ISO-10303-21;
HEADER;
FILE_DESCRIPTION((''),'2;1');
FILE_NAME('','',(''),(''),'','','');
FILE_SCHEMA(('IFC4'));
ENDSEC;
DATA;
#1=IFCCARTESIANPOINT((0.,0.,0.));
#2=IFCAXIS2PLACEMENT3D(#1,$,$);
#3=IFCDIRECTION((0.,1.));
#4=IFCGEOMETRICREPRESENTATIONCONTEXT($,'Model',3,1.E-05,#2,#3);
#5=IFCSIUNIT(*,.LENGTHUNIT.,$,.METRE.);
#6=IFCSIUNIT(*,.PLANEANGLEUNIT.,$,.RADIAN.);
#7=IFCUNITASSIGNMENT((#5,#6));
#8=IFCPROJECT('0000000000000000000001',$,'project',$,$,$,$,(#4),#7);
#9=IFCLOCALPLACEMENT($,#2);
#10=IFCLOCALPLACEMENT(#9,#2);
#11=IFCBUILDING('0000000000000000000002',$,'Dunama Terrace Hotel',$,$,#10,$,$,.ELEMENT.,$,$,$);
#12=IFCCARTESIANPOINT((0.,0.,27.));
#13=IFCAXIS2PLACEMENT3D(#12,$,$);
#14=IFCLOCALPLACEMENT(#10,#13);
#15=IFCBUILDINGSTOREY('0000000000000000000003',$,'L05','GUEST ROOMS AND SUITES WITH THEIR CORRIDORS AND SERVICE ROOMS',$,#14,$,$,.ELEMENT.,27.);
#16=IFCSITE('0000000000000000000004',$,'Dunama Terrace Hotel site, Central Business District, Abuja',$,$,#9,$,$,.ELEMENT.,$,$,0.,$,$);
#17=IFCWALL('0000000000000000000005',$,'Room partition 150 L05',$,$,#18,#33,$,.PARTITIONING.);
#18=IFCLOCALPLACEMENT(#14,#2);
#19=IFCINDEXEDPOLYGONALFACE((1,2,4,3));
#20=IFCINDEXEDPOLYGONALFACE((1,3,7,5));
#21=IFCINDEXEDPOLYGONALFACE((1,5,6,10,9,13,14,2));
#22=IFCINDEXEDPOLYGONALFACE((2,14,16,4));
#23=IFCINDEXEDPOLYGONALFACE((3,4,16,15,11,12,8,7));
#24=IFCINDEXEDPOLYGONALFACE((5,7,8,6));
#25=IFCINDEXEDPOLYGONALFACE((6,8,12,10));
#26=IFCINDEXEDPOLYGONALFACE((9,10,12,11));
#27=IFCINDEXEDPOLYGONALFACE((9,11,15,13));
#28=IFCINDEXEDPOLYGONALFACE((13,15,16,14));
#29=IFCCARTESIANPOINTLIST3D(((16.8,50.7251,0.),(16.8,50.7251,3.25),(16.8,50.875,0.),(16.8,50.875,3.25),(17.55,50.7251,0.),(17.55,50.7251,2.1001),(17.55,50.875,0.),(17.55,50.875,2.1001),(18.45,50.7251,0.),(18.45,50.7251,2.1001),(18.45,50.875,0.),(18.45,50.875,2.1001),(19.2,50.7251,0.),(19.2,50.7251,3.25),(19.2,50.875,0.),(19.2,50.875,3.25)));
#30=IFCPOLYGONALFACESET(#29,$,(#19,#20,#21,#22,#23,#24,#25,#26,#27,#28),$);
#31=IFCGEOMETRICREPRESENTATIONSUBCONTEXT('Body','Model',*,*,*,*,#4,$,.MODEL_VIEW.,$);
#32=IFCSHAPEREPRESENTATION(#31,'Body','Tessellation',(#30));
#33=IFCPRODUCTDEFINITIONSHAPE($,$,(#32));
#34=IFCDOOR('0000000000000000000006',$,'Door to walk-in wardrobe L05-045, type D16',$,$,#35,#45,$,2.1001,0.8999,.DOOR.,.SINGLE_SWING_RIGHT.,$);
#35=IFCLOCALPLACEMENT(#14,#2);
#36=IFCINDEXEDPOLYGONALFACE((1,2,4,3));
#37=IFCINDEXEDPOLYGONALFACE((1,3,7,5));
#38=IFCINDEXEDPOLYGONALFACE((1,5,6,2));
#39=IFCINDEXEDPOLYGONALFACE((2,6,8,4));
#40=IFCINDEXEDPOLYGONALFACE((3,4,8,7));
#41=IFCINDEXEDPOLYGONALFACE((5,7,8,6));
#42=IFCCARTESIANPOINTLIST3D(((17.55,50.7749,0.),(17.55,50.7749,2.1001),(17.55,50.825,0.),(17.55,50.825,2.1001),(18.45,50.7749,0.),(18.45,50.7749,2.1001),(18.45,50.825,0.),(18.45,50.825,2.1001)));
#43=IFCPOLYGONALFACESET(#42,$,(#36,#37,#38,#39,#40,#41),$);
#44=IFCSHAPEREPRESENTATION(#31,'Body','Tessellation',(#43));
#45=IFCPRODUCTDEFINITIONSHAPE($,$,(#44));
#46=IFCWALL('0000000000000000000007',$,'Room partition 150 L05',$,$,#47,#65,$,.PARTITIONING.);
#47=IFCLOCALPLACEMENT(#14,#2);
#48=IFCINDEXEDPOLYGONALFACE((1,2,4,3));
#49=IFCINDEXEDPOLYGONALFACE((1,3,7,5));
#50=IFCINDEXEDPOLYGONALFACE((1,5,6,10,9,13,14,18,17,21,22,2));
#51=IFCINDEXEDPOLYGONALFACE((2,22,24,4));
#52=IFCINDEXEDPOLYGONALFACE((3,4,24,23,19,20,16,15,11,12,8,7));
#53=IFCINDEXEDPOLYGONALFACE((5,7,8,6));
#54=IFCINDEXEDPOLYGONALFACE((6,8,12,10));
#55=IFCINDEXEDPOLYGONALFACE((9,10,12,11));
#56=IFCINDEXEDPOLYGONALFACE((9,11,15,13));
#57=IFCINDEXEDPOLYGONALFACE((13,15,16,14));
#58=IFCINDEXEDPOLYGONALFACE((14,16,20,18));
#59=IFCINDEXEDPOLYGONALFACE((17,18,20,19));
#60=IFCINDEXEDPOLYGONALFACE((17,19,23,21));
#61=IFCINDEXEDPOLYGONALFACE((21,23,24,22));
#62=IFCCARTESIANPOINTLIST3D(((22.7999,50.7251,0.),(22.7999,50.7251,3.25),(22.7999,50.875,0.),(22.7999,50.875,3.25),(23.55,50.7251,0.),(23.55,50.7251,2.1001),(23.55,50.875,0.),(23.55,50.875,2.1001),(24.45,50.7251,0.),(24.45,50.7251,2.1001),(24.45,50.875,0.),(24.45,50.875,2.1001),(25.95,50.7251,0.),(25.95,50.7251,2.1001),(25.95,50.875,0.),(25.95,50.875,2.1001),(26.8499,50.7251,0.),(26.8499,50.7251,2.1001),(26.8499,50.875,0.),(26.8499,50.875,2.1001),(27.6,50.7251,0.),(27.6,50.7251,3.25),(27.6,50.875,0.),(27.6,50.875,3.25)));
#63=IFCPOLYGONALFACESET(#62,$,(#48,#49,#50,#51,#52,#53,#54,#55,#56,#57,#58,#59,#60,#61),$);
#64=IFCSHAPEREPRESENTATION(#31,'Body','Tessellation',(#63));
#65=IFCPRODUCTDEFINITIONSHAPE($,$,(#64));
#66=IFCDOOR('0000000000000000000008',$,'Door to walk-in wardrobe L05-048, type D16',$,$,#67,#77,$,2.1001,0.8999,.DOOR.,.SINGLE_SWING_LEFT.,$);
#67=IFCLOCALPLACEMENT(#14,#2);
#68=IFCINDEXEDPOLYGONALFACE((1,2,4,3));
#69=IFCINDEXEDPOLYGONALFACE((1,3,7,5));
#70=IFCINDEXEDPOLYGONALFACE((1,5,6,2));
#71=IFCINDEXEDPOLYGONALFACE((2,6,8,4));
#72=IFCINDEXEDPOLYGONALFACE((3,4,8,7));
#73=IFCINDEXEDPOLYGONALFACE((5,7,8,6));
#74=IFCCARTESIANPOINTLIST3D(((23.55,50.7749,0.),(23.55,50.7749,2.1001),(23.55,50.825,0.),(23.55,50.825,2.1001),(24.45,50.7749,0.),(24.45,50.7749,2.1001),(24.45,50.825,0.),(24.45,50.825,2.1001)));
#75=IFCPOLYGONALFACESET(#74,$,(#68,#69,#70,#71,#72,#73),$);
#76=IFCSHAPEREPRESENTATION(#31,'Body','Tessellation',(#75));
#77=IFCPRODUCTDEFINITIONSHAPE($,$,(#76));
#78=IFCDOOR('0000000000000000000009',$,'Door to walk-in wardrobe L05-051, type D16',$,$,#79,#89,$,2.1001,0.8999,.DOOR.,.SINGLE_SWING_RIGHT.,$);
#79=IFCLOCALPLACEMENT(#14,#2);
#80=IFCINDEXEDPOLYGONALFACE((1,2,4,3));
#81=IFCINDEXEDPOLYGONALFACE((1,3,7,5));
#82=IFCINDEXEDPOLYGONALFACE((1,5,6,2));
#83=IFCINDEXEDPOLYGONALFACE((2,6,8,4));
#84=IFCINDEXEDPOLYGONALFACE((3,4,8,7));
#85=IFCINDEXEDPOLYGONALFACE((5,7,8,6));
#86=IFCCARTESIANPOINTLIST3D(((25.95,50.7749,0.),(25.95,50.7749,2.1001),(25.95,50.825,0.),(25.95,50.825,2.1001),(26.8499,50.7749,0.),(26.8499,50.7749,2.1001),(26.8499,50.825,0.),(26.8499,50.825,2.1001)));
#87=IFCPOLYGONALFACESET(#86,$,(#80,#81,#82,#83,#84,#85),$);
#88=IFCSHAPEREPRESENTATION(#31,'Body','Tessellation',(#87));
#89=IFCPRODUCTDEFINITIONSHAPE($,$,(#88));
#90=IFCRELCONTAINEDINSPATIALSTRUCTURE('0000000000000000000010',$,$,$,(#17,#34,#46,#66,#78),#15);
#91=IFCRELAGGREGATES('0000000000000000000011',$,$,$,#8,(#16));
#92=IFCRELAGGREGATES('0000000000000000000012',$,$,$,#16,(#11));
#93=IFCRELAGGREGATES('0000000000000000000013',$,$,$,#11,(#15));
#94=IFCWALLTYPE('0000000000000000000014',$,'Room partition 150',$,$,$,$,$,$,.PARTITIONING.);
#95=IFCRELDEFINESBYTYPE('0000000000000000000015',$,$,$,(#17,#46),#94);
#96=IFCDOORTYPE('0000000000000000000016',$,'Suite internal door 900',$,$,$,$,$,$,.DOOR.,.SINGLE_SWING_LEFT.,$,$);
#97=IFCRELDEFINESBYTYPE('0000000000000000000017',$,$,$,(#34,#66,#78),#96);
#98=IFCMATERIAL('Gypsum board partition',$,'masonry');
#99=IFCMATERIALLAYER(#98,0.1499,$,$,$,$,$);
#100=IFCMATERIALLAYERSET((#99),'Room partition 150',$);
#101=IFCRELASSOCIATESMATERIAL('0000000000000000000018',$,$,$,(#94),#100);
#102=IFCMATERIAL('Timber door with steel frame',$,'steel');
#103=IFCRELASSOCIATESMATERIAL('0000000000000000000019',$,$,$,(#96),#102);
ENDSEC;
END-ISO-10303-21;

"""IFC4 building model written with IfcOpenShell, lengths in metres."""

from ifc_helpers import new_model, si_unit, direction, frame, frame_2d, origin, place, context, subcontext, project, spatial, rectangle, extrude, material, layer, layer_set, type_object, element, fill, save


model = new_model("IFC4")

# Units and contexts
model_context = context("Model", 3, precision=1e-05, world=origin(), true_north=direction((0.0, 1.0)))
body_context = subcontext(model_context, "Body", "Model", "MODEL_VIEW")
ifc_project = project(units=[si_unit("LENGTHUNIT", "METRE"), si_unit("PLANEANGLEUNIT", "RADIAN")], contexts=[model_context])

# Site, building, storey
site_placement = place(None, origin())
site = spatial("IfcSite", under=ifc_project, at=site_placement, Name="Dunama Terrace Hotel site, Central Business District, Abuja", CompositionType="ELEMENT", RefElevation=0.0)
building_placement = place(site_placement, origin())
building = spatial("IfcBuilding", under=site, at=building_placement, Name="Dunama Terrace Hotel", CompositionType="ELEMENT")
storey_placement = place(building_placement, frame((0.0, 0.0, 27.0)))
storey = spatial("IfcBuildingStorey", under=building, at=storey_placement, Name="L05", Description="GUEST ROOMS AND SUITES WITH THEIR CORRIDORS AND SERVICE ROOMS", CompositionType="ELEMENT", Elevation=27.0)

# Shared definitions
ifc_material_1 = material(Name="Gypsum board partition", Category="masonry")
ifc_layer_1 = layer(ifc_material_1, 0.1499)
ifc_layer_set_1 = layer_set([ifc_layer_1], Name="Room partition 150")
wall_type_1 = type_object("IfcWallType", Name="Room partition 150", PredefinedType="PARTITIONING", material=ifc_layer_set_1)

# Wall, opening, door
wall_1_placement = place(storey_placement, frame((16.8, 50.8, 0.0), z_axis=(0.0, 0.0, 1.0), x_axis=(1.0, 0.0, 0.0)))
wall_1 = element("IfcWall", 1, at=wall_1_placement, inside=storey, type_object=wall_type_1, Name="Room partition 150 L05", PredefinedType="PARTITIONING", context=body_context, shape_type="SweptSolid", body=[
    extrude(rectangle(XDim=2.3999, YDim=0.1499, at=frame_2d((1.2, 0.0))), origin(), (0.0, 0.0, 1.0), 3.25),
])
opening_1_placement = place(wall_1_placement, frame((0.75, 0.0, 0.0)))
opening_1 = element("IfcOpeningElement", 2, at=opening_1_placement, cuts=wall_1, PredefinedType="OPENING", context=body_context, shape_type="SweptSolid", body=[
    extrude(rectangle(XDim=0.8999, YDim=2.1001, at=frame_2d((0.45, 1.05))), frame((0.0, 0.085, 0.0), z_axis=(0.0, -1.0, 0.0), x_axis=(1.0, 0.0, 0.0)), (0.0, 0.0, 1.0), 0.1699),
])
ifc_material_2 = material(Name="Timber door with steel frame", Category="steel")
door_type_1 = type_object("IfcDoorType", Name="Suite internal door 900", OperationType="SINGLE_SWING_LEFT", PredefinedType="DOOR", material=ifc_material_2)
door_1_placement = place(opening_1_placement, frame((0.8999, 0.0, 0.0), z_axis=(0.0, 0.0, 1.0), x_axis=(-1.0, 0.0, 0.0)))
door_1 = element("IfcDoor", 3, at=door_1_placement, inside=storey, type_object=door_type_1, Name="Door to walk-in wardrobe L05-045, type D16", OperationType="SINGLE_SWING_RIGHT", OverallHeight=2.1001, OverallWidth=0.8999, PredefinedType="DOOR", context=body_context, shape_type="SweptSolid", body=[
    extrude(rectangle(XDim=0.8999, YDim=2.1001, at=frame_2d((0.45, 1.05))), frame((0.0, 0.0251, 0.0), z_axis=(0.0, -1.0, 0.0), x_axis=(1.0, 0.0, 0.0)), (0.0, 0.0, 1.0), 0.05),
])
fill(opening_1, door_1)

# Wall, openings, doors
wall_2_placement = place(storey_placement, frame((22.8, 50.8, 0.0), z_axis=(0.0, 0.0, 1.0), x_axis=(1.0, 0.0, 0.0)))
wall_2 = element("IfcWall", 4, at=wall_2_placement, inside=storey, type_object=wall_type_1, Name="Room partition 150 L05", PredefinedType="PARTITIONING", context=body_context, shape_type="SweptSolid", body=[
    extrude(rectangle(XDim=4.8, YDim=0.1499, at=frame_2d((2.3999, 0.0))), origin(), (0.0, 0.0, 1.0), 3.25),
])
opening_2_placement = place(wall_2_placement, frame((0.75, 0.0, 0.0)))
opening_2 = element("IfcOpeningElement", 5, at=opening_2_placement, cuts=wall_2, PredefinedType="OPENING", context=body_context, shape_type="SweptSolid", body=[
    extrude(rectangle(XDim=0.8999, YDim=2.1001, at=frame_2d((0.45, 1.05))), frame((0.0, 0.085, 0.0), z_axis=(0.0, -1.0, 0.0), x_axis=(1.0, 0.0, 0.0)), (0.0, 0.0, 1.0), 0.1699),
])
opening_3_placement = place(wall_2_placement, frame((3.1499, 0.0, 0.0)))
opening_3 = element("IfcOpeningElement", 6, at=opening_3_placement, cuts=wall_2, PredefinedType="OPENING", context=body_context, shape_type="SweptSolid", body=[
    extrude(rectangle(XDim=0.8999, YDim=2.1001, at=frame_2d((0.45, 1.05))), frame((0.0, 0.085, 0.0), z_axis=(0.0, -1.0, 0.0), x_axis=(1.0, 0.0, 0.0)), (0.0, 0.0, 1.0), 0.1699),
])
door_2_placement = place(opening_2_placement, frame((0.8999, 0.0, 0.0), z_axis=(0.0, 0.0, 1.0), x_axis=(-1.0, 0.0, 0.0)))
door_2 = element("IfcDoor", 7, at=door_2_placement, inside=storey, type_object=door_type_1, Name="Door to walk-in wardrobe L05-048, type D16", OperationType="SINGLE_SWING_LEFT", OverallHeight=2.1001, OverallWidth=0.8999, PredefinedType="DOOR", context=body_context, shape_type="SweptSolid", body=[
    extrude(rectangle(XDim=0.8999, YDim=2.1001, at=frame_2d((0.45, 1.05))), frame((0.0, 0.0251, 0.0), z_axis=(0.0, -1.0, 0.0), x_axis=(1.0, 0.0, 0.0)), (0.0, 0.0, 1.0), 0.05),
])
fill(opening_2, door_2)
door_3_placement = place(opening_3_placement, frame((0.8999, 0.0, 0.0), z_axis=(0.0, 0.0, 1.0), x_axis=(-1.0, 0.0, 0.0)))
door_3 = element("IfcDoor", 8, at=door_3_placement, inside=storey, type_object=door_type_1, Name="Door to walk-in wardrobe L05-051, type D16", OperationType="SINGLE_SWING_RIGHT", OverallHeight=2.1001, OverallWidth=0.8999, PredefinedType="DOOR", context=body_context, shape_type="SweptSolid", body=[
    extrude(rectangle(XDim=0.8999, YDim=2.1001, at=frame_2d((0.45, 1.05))), frame((0.0, 0.0251, 0.0), z_axis=(0.0, -1.0, 0.0), x_axis=(1.0, 0.0, 0.0)), (0.0, 0.0, 1.0), 0.05),
])
fill(opening_3, door_3)

save(model, "model.ifc")
